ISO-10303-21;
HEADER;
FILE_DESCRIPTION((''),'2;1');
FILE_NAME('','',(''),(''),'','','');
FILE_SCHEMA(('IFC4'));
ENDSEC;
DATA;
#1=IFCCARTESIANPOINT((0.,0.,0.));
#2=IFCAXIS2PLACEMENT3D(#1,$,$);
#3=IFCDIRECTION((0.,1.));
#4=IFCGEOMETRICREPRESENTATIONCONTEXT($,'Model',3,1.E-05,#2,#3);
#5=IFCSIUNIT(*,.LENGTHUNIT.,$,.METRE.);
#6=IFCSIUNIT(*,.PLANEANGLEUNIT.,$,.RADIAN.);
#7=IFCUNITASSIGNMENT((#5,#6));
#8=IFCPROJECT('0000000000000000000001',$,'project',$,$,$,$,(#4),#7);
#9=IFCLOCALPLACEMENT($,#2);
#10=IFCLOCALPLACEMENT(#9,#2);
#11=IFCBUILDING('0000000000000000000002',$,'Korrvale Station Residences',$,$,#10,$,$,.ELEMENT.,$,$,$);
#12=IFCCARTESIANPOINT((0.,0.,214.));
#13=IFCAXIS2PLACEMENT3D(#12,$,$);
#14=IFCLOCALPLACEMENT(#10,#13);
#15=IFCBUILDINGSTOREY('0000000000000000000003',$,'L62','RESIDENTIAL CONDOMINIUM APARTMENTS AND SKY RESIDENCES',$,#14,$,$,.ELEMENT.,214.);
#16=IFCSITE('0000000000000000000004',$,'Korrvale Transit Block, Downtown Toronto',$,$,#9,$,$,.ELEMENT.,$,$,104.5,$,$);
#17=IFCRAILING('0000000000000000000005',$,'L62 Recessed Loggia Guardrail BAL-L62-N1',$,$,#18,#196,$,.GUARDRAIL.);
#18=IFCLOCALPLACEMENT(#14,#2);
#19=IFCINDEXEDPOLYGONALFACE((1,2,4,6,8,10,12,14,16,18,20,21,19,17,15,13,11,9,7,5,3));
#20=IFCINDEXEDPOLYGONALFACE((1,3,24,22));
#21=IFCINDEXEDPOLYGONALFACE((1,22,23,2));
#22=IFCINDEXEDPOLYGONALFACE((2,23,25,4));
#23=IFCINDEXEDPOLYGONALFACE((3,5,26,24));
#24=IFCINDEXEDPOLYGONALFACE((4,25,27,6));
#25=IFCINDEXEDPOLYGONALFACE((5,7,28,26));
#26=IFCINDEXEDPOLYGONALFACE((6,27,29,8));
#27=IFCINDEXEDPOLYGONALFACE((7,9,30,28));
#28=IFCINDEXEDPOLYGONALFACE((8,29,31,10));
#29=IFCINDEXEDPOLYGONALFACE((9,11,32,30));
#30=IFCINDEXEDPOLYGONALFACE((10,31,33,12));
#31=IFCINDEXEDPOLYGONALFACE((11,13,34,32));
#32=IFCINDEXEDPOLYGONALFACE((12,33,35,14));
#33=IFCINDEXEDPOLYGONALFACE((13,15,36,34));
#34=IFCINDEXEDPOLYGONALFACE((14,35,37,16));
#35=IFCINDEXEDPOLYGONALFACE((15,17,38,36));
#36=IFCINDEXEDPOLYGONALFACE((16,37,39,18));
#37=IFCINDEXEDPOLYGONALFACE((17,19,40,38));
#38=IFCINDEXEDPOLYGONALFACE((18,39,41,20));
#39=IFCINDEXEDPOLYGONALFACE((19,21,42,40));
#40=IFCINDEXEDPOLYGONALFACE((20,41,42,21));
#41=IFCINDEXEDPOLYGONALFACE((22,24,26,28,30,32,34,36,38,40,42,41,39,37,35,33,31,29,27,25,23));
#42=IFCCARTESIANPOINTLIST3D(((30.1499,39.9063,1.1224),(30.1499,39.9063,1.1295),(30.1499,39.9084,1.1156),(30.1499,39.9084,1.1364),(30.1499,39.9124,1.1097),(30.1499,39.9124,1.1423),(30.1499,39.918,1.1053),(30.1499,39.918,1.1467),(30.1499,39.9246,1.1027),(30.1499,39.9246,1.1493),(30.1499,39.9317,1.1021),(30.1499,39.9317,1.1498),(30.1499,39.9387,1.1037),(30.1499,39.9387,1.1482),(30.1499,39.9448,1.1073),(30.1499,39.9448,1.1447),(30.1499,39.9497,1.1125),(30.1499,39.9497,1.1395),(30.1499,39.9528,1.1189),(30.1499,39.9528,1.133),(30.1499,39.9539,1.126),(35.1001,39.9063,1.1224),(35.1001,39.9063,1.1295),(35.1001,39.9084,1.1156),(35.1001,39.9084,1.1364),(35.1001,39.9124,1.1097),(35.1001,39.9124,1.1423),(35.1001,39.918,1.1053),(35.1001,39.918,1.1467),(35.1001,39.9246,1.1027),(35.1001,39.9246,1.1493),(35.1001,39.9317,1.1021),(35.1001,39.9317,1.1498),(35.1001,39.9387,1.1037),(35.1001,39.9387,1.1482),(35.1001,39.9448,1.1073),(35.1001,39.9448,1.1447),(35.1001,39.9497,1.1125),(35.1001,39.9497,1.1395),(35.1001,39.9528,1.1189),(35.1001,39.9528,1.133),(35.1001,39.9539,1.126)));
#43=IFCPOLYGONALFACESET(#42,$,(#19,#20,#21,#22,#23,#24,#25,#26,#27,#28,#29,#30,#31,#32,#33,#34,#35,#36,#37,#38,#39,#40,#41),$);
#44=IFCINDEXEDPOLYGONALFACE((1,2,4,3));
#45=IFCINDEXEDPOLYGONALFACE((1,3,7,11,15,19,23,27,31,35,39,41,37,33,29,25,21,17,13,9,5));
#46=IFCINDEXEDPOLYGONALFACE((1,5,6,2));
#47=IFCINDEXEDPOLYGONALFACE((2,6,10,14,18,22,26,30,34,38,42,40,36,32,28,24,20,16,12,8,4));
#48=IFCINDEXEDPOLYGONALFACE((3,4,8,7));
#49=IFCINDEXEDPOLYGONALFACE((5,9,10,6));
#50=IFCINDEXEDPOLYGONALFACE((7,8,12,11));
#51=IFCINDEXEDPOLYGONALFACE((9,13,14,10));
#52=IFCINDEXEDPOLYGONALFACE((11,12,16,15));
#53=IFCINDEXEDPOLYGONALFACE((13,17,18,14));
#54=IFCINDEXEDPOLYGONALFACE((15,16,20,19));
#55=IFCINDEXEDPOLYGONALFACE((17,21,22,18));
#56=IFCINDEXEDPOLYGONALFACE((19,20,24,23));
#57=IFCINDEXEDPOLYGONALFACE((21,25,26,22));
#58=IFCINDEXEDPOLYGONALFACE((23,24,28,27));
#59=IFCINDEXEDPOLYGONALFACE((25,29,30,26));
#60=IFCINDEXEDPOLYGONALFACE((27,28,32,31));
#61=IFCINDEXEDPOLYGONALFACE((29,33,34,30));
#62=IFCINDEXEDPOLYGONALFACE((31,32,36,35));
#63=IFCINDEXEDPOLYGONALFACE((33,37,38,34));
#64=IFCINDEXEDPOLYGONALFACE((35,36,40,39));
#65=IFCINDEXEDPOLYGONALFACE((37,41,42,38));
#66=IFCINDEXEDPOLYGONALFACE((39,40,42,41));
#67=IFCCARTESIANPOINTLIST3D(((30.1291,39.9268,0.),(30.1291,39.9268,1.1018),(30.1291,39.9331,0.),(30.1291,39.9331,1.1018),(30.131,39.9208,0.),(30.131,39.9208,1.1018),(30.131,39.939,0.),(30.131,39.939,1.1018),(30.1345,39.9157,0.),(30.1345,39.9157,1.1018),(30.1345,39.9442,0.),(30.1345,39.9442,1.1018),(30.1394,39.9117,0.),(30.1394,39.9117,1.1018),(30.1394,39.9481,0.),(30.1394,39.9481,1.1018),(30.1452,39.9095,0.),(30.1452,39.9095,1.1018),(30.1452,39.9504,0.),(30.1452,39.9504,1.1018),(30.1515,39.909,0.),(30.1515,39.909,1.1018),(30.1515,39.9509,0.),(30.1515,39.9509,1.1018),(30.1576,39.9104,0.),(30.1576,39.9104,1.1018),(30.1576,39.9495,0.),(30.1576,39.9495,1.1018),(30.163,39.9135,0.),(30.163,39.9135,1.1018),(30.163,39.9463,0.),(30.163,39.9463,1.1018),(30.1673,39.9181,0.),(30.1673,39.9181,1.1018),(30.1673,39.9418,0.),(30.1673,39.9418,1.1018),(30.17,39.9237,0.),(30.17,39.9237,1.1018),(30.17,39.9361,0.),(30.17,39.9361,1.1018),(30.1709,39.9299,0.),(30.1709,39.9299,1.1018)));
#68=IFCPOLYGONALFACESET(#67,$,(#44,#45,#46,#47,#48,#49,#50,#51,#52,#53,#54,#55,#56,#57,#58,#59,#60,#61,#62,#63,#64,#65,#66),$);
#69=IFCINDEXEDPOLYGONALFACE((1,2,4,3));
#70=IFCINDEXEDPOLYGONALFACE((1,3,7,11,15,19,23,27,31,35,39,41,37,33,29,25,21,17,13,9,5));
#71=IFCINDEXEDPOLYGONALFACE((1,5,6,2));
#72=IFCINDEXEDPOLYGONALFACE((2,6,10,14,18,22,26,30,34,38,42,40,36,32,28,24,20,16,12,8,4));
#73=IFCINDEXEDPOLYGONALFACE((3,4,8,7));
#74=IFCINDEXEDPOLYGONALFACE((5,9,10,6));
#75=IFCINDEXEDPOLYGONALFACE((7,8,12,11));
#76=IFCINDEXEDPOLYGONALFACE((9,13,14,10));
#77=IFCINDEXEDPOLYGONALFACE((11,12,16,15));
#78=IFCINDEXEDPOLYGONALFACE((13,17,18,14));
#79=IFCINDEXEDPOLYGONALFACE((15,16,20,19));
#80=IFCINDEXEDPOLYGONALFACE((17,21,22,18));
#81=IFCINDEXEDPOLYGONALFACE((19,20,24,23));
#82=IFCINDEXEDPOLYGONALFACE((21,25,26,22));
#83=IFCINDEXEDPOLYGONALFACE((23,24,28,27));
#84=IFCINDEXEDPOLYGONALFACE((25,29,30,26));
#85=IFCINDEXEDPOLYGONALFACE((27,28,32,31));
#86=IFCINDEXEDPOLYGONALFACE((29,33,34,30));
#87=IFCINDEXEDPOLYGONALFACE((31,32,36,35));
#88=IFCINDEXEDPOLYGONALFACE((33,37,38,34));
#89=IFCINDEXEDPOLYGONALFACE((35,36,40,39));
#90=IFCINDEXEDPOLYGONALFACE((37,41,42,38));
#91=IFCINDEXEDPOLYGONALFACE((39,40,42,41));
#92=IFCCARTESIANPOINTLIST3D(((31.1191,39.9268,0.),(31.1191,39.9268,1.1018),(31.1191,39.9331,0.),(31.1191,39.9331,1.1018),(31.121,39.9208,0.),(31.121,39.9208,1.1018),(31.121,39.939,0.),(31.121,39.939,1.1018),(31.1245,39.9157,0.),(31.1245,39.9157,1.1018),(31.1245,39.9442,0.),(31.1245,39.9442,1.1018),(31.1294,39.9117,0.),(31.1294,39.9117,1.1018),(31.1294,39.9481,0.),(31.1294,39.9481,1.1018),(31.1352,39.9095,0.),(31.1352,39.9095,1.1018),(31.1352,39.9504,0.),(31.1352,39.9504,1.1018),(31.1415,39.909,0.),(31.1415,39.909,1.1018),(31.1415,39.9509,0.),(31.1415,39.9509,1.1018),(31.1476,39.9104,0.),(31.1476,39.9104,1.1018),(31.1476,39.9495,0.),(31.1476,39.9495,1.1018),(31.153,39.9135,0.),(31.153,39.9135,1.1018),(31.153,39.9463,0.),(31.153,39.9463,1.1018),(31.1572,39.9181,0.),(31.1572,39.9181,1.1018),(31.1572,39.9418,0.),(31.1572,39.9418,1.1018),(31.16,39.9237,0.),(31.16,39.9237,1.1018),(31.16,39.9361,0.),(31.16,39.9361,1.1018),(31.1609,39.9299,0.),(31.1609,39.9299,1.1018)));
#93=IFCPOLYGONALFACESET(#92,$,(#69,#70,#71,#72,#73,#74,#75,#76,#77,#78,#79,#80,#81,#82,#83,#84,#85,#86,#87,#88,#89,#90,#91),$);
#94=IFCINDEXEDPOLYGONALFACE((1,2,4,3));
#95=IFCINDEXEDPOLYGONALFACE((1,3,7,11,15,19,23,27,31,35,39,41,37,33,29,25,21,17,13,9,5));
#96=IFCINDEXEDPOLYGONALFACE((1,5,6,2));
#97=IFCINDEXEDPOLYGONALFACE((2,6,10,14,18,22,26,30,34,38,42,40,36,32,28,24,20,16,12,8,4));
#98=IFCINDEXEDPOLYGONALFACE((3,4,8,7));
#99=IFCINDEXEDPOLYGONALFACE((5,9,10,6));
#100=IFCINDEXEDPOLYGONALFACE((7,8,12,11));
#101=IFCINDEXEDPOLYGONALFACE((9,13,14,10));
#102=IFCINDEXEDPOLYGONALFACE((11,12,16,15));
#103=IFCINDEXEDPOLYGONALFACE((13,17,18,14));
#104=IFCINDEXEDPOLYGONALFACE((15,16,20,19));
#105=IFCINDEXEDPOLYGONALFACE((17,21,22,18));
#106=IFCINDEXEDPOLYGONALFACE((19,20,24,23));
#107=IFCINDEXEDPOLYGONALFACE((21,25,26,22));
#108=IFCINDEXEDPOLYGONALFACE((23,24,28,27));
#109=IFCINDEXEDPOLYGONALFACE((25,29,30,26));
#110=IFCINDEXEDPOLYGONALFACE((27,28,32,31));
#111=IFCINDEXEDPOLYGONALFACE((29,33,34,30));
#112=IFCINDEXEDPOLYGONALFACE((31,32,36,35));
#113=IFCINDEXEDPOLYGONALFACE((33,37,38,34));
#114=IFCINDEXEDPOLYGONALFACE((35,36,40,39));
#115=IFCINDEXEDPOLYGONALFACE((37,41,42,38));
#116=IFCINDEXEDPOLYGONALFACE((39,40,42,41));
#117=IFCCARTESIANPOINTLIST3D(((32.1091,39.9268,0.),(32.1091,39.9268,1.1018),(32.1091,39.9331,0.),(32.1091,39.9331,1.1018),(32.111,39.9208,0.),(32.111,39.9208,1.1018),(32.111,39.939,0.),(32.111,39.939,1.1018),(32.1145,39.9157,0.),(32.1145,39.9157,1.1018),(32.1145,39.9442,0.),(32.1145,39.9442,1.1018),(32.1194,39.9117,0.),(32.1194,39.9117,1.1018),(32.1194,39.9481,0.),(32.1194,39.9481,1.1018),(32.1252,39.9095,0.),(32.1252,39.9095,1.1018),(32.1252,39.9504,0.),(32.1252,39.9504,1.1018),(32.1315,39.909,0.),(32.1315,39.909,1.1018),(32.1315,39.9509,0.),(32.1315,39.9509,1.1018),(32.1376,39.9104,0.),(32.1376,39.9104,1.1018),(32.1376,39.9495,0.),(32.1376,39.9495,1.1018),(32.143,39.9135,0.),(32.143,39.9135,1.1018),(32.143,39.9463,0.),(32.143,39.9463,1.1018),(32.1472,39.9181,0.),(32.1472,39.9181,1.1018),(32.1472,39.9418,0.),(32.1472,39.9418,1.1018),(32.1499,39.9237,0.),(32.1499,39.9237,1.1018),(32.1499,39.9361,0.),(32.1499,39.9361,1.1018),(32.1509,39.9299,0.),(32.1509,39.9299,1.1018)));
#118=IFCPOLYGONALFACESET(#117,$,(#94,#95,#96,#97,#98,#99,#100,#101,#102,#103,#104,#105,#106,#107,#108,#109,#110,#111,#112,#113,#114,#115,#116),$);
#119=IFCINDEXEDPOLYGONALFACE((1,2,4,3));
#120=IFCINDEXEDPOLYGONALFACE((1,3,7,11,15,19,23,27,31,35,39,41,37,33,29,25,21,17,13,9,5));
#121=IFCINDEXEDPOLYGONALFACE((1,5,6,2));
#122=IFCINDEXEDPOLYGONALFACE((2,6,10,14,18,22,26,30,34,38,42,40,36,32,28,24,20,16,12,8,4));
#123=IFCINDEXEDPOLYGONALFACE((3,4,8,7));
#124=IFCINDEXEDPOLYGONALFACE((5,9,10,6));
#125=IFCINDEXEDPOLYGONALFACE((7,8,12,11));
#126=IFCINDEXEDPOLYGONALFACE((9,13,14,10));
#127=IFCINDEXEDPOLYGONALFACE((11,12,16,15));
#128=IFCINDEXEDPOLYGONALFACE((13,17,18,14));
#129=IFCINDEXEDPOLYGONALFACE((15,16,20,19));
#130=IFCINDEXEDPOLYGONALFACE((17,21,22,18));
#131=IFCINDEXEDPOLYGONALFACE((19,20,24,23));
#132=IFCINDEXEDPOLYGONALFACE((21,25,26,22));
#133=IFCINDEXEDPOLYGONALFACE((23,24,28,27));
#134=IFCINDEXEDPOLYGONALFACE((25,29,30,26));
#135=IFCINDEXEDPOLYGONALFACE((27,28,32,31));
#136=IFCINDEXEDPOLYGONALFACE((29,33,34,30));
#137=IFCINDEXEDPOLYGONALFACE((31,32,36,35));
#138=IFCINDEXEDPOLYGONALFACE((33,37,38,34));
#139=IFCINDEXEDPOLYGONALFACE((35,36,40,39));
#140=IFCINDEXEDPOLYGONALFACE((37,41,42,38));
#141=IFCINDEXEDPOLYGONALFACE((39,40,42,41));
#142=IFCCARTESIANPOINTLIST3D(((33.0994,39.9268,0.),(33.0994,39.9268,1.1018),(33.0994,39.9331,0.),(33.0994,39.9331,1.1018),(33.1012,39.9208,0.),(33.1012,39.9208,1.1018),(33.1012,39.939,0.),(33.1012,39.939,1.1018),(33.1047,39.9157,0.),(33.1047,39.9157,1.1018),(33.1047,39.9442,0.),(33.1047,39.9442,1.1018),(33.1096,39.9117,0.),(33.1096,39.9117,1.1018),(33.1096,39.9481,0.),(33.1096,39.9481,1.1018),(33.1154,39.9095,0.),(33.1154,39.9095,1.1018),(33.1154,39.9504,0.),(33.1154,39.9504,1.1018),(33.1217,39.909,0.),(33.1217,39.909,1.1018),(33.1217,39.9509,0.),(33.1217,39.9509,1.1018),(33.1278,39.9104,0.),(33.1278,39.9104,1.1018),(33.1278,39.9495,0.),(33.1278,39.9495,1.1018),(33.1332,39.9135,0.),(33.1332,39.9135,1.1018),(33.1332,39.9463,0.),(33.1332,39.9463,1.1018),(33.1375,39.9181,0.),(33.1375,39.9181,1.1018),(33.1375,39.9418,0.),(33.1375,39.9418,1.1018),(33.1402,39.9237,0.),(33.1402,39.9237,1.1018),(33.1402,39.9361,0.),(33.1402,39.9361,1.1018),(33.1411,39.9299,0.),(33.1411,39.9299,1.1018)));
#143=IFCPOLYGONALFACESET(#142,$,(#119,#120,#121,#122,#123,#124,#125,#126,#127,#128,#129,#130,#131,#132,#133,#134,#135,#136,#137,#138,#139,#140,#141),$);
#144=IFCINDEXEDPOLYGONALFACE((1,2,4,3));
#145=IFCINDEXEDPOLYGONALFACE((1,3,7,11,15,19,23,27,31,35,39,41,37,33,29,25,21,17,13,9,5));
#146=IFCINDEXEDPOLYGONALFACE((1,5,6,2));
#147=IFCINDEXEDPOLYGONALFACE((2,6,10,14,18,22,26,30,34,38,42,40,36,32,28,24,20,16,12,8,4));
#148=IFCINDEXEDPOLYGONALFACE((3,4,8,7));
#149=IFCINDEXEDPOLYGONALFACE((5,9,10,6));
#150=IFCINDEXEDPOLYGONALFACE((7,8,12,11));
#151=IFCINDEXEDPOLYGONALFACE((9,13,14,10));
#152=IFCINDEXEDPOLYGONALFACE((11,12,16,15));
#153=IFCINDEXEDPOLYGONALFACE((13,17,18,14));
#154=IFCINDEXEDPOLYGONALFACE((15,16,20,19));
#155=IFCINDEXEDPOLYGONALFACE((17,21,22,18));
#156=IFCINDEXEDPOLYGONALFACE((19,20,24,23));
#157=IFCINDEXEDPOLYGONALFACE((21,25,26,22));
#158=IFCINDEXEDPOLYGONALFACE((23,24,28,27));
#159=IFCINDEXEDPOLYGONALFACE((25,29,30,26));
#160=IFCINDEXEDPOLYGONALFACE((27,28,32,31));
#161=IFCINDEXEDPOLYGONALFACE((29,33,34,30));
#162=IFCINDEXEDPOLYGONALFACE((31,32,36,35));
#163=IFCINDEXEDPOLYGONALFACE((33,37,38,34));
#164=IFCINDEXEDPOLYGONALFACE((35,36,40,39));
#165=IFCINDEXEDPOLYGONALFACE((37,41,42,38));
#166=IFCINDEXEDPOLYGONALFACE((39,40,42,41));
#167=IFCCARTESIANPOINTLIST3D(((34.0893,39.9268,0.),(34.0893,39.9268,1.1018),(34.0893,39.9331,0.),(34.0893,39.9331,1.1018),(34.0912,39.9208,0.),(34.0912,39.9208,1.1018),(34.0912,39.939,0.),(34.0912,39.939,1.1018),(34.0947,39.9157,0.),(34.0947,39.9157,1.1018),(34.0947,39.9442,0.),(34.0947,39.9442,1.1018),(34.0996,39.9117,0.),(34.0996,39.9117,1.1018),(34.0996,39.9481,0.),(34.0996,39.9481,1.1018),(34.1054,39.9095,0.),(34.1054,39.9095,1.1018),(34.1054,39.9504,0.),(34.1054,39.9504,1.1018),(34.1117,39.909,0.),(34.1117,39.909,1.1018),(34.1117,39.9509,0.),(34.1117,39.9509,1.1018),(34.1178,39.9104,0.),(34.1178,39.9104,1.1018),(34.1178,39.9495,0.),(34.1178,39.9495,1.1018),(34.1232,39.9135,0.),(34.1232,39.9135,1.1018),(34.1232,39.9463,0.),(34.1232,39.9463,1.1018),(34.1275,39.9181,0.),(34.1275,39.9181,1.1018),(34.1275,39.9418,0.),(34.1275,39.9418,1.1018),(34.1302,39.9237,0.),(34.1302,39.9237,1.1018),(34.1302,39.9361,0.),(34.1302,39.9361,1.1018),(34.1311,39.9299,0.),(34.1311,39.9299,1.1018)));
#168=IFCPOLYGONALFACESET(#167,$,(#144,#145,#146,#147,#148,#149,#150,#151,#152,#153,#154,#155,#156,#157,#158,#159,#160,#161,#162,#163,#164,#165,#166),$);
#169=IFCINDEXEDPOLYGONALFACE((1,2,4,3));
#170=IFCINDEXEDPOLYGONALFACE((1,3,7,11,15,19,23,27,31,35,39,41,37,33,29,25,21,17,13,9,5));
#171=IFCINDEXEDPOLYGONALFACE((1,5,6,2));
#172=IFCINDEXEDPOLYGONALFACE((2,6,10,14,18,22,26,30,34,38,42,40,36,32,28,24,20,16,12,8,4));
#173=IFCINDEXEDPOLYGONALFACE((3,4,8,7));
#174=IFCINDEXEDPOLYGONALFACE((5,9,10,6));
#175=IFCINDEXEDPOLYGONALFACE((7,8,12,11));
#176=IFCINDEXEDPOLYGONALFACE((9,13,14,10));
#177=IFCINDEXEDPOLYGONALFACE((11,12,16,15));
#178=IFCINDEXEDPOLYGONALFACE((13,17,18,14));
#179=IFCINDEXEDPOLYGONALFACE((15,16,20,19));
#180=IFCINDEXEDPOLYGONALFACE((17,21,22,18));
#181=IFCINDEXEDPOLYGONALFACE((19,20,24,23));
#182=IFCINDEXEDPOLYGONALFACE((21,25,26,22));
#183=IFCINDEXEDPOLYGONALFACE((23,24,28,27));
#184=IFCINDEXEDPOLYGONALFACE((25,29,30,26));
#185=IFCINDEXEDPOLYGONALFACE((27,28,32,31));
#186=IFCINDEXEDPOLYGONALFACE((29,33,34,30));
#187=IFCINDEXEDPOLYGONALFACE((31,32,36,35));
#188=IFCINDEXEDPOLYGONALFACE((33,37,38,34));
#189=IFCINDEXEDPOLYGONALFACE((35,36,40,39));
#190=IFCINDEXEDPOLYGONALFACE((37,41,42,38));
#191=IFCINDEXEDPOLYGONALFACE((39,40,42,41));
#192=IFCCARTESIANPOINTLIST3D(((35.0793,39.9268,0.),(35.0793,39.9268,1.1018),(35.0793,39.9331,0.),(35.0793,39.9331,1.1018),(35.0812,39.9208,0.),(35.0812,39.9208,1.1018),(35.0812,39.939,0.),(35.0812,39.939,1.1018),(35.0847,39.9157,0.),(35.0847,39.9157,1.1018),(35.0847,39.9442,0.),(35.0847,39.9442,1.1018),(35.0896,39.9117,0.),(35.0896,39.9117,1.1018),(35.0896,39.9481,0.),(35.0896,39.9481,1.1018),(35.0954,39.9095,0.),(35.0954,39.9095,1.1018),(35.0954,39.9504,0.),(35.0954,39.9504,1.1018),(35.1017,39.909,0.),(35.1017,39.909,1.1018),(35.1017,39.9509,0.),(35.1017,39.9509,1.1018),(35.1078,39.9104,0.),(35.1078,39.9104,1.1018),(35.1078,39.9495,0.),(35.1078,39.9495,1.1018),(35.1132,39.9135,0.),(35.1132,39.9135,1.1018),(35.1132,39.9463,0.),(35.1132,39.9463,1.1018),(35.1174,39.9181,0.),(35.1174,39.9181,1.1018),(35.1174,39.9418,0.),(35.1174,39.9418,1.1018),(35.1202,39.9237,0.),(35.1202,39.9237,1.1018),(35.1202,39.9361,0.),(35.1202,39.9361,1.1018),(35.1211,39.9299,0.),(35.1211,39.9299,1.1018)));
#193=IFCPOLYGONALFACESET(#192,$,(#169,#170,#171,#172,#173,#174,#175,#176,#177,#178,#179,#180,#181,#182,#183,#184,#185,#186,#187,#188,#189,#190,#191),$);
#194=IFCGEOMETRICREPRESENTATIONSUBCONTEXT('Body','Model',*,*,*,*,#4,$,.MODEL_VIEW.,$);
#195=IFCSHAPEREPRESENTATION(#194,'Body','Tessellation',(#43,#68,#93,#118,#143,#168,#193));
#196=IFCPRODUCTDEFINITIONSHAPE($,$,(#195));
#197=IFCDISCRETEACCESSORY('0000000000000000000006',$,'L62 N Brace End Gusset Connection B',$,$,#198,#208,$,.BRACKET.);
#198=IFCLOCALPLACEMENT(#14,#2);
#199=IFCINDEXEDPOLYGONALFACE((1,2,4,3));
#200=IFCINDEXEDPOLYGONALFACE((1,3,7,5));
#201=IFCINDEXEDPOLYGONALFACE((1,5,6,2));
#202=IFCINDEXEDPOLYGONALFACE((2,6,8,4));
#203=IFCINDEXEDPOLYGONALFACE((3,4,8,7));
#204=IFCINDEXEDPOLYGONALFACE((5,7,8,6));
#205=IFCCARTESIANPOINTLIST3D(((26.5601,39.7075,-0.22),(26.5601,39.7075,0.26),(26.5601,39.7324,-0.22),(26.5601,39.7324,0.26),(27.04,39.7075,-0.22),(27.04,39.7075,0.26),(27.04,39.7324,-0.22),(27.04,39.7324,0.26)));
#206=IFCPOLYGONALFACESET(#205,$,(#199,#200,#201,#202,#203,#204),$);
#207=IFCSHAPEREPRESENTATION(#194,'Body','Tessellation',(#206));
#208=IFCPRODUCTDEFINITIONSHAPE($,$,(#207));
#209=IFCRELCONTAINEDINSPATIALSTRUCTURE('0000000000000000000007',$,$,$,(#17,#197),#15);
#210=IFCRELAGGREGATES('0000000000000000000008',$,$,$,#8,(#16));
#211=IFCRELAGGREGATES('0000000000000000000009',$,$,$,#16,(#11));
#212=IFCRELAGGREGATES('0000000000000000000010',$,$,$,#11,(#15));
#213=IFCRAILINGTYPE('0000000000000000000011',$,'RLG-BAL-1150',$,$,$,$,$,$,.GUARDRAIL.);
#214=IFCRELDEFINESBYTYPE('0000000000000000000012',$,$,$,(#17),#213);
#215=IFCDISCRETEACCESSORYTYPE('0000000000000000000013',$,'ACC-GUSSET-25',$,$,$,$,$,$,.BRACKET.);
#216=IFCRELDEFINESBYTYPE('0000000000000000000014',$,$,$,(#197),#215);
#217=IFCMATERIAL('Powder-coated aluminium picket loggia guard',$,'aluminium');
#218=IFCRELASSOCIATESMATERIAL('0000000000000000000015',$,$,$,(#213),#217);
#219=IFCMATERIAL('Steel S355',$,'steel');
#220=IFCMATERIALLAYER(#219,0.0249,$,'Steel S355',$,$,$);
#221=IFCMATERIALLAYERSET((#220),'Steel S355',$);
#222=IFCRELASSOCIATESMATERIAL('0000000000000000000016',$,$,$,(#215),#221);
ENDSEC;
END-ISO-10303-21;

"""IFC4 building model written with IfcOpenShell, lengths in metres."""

from ifc_helpers import new_model, si_unit, direction, frame, origin, origin_2d, place, context, subcontext, project, spatial, rectangle, circle, extrude, material, layer, layer_set, type_object, element, save


model = new_model("IFC4")

# Units and contexts
model_context = context("Model", 3, precision=1e-05, world=origin(), true_north=direction((0.0, 1.0)))
body_context = subcontext(model_context, "Body", "Model", "MODEL_VIEW")
ifc_project = project(units=[si_unit("LENGTHUNIT", "METRE"), si_unit("PLANEANGLEUNIT", "RADIAN")], contexts=[model_context])

# Site, building, storey
site_placement = place(None, origin())
site = spatial("IfcSite", under=ifc_project, at=site_placement, Name="Korrvale Transit Block, Downtown Toronto", CompositionType="ELEMENT", RefElevation=104.5)
building_placement = place(site_placement, origin())
building = spatial("IfcBuilding", under=site, at=building_placement, Name="Korrvale Station Residences", CompositionType="ELEMENT")
storey_placement = place(building_placement, frame((0.0, 0.0, 214.0)))
storey = spatial("IfcBuildingStorey", under=building, at=storey_placement, Name="L62", Description="RESIDENTIAL CONDOMINIUM APARTMENTS AND SKY RESIDENCES", CompositionType="ELEMENT", Elevation=214.0)

# Shared definitions
ifc_material_1 = material(Name="Steel S355", Category="steel")

# Railing
ifc_material_2 = material(Name="Powder-coated aluminium picket loggia guard", Category="aluminium")
railing_type = type_object("IfcRailingType", Name="RLG-BAL-1150", PredefinedType="GUARDRAIL", material=ifc_material_2)
railing_placement = place(storey_placement, frame((30.1499, 39.9299, 0.0)))
element("IfcRailing", 1, at=railing_placement, inside=storey, type_object=railing_type, Name="L62 Recessed Loggia Guardrail BAL-L62-N1", PredefinedType="GUARDRAIL", context=body_context, shape_type="SweptSolid", body=[
    extrude(circle(Radius=0.0239, at=origin_2d()), frame((0.0, 0.0, 1.126), z_axis=(1.0, 0.0, 0.0), x_axis=(0.0, 1.0, 0.0)), (0.0, 0.0, 1.0), 4.9502),
    extrude(circle(Radius=0.021, at=origin_2d()), origin(), (0.0, 0.0, 1.0), 1.1018),
    extrude(circle(Radius=0.021, at=origin_2d()), frame((0.99, 0.0, 0.0)), (0.0, 0.0, 1.0), 1.1018),
    extrude(circle(Radius=0.021, at=origin_2d()), frame((1.98, 0.0, 0.0)), (0.0, 0.0, 1.0), 1.1018),
    extrude(circle(Radius=0.021, at=origin_2d()), frame((2.9702, 0.0, 0.0)), (0.0, 0.0, 1.0), 1.1018),
    extrude(circle(Radius=0.021, at=origin_2d()), frame((3.9602, 0.0, 0.0)), (0.0, 0.0, 1.0), 1.1018),
    extrude(circle(Radius=0.021, at=origin_2d()), frame((4.9502, 0.0, 0.0)), (0.0, 0.0, 1.0), 1.1018),
])

# Discrete accessory
ifc_layer_1 = layer(ifc_material_1, 0.0249, Name="Steel S355")
ifc_layer_set_1 = layer_set([ifc_layer_1], Name="Steel S355")
discrete_accessory_type = type_object("IfcDiscreteAccessoryType", Name="ACC-GUSSET-25", PredefinedType="BRACKET", material=ifc_layer_set_1)
for number, where, z_axis, x_axis, name in (
    (2, (26.8, 39.72, -0.22), (0.0, 0.0, 1.0), (1.0, 0.0, 0.0), "L62 N Brace End Gusset Connection B"),
):
    element("IfcDiscreteAccessory", number, at=place(storey_placement, frame(where, z_axis=z_axis, x_axis=x_axis)), inside=storey, type_object=discrete_accessory_type, Name=name, PredefinedType="BRACKET", context=body_context, shape_type="SweptSolid", body=[
        extrude(rectangle(XDim=0.48, YDim=0.0249, at=origin_2d()), origin(), (0.0, 0.0, 1.0), 0.48),
    ])

save(model, "model.ifc")
